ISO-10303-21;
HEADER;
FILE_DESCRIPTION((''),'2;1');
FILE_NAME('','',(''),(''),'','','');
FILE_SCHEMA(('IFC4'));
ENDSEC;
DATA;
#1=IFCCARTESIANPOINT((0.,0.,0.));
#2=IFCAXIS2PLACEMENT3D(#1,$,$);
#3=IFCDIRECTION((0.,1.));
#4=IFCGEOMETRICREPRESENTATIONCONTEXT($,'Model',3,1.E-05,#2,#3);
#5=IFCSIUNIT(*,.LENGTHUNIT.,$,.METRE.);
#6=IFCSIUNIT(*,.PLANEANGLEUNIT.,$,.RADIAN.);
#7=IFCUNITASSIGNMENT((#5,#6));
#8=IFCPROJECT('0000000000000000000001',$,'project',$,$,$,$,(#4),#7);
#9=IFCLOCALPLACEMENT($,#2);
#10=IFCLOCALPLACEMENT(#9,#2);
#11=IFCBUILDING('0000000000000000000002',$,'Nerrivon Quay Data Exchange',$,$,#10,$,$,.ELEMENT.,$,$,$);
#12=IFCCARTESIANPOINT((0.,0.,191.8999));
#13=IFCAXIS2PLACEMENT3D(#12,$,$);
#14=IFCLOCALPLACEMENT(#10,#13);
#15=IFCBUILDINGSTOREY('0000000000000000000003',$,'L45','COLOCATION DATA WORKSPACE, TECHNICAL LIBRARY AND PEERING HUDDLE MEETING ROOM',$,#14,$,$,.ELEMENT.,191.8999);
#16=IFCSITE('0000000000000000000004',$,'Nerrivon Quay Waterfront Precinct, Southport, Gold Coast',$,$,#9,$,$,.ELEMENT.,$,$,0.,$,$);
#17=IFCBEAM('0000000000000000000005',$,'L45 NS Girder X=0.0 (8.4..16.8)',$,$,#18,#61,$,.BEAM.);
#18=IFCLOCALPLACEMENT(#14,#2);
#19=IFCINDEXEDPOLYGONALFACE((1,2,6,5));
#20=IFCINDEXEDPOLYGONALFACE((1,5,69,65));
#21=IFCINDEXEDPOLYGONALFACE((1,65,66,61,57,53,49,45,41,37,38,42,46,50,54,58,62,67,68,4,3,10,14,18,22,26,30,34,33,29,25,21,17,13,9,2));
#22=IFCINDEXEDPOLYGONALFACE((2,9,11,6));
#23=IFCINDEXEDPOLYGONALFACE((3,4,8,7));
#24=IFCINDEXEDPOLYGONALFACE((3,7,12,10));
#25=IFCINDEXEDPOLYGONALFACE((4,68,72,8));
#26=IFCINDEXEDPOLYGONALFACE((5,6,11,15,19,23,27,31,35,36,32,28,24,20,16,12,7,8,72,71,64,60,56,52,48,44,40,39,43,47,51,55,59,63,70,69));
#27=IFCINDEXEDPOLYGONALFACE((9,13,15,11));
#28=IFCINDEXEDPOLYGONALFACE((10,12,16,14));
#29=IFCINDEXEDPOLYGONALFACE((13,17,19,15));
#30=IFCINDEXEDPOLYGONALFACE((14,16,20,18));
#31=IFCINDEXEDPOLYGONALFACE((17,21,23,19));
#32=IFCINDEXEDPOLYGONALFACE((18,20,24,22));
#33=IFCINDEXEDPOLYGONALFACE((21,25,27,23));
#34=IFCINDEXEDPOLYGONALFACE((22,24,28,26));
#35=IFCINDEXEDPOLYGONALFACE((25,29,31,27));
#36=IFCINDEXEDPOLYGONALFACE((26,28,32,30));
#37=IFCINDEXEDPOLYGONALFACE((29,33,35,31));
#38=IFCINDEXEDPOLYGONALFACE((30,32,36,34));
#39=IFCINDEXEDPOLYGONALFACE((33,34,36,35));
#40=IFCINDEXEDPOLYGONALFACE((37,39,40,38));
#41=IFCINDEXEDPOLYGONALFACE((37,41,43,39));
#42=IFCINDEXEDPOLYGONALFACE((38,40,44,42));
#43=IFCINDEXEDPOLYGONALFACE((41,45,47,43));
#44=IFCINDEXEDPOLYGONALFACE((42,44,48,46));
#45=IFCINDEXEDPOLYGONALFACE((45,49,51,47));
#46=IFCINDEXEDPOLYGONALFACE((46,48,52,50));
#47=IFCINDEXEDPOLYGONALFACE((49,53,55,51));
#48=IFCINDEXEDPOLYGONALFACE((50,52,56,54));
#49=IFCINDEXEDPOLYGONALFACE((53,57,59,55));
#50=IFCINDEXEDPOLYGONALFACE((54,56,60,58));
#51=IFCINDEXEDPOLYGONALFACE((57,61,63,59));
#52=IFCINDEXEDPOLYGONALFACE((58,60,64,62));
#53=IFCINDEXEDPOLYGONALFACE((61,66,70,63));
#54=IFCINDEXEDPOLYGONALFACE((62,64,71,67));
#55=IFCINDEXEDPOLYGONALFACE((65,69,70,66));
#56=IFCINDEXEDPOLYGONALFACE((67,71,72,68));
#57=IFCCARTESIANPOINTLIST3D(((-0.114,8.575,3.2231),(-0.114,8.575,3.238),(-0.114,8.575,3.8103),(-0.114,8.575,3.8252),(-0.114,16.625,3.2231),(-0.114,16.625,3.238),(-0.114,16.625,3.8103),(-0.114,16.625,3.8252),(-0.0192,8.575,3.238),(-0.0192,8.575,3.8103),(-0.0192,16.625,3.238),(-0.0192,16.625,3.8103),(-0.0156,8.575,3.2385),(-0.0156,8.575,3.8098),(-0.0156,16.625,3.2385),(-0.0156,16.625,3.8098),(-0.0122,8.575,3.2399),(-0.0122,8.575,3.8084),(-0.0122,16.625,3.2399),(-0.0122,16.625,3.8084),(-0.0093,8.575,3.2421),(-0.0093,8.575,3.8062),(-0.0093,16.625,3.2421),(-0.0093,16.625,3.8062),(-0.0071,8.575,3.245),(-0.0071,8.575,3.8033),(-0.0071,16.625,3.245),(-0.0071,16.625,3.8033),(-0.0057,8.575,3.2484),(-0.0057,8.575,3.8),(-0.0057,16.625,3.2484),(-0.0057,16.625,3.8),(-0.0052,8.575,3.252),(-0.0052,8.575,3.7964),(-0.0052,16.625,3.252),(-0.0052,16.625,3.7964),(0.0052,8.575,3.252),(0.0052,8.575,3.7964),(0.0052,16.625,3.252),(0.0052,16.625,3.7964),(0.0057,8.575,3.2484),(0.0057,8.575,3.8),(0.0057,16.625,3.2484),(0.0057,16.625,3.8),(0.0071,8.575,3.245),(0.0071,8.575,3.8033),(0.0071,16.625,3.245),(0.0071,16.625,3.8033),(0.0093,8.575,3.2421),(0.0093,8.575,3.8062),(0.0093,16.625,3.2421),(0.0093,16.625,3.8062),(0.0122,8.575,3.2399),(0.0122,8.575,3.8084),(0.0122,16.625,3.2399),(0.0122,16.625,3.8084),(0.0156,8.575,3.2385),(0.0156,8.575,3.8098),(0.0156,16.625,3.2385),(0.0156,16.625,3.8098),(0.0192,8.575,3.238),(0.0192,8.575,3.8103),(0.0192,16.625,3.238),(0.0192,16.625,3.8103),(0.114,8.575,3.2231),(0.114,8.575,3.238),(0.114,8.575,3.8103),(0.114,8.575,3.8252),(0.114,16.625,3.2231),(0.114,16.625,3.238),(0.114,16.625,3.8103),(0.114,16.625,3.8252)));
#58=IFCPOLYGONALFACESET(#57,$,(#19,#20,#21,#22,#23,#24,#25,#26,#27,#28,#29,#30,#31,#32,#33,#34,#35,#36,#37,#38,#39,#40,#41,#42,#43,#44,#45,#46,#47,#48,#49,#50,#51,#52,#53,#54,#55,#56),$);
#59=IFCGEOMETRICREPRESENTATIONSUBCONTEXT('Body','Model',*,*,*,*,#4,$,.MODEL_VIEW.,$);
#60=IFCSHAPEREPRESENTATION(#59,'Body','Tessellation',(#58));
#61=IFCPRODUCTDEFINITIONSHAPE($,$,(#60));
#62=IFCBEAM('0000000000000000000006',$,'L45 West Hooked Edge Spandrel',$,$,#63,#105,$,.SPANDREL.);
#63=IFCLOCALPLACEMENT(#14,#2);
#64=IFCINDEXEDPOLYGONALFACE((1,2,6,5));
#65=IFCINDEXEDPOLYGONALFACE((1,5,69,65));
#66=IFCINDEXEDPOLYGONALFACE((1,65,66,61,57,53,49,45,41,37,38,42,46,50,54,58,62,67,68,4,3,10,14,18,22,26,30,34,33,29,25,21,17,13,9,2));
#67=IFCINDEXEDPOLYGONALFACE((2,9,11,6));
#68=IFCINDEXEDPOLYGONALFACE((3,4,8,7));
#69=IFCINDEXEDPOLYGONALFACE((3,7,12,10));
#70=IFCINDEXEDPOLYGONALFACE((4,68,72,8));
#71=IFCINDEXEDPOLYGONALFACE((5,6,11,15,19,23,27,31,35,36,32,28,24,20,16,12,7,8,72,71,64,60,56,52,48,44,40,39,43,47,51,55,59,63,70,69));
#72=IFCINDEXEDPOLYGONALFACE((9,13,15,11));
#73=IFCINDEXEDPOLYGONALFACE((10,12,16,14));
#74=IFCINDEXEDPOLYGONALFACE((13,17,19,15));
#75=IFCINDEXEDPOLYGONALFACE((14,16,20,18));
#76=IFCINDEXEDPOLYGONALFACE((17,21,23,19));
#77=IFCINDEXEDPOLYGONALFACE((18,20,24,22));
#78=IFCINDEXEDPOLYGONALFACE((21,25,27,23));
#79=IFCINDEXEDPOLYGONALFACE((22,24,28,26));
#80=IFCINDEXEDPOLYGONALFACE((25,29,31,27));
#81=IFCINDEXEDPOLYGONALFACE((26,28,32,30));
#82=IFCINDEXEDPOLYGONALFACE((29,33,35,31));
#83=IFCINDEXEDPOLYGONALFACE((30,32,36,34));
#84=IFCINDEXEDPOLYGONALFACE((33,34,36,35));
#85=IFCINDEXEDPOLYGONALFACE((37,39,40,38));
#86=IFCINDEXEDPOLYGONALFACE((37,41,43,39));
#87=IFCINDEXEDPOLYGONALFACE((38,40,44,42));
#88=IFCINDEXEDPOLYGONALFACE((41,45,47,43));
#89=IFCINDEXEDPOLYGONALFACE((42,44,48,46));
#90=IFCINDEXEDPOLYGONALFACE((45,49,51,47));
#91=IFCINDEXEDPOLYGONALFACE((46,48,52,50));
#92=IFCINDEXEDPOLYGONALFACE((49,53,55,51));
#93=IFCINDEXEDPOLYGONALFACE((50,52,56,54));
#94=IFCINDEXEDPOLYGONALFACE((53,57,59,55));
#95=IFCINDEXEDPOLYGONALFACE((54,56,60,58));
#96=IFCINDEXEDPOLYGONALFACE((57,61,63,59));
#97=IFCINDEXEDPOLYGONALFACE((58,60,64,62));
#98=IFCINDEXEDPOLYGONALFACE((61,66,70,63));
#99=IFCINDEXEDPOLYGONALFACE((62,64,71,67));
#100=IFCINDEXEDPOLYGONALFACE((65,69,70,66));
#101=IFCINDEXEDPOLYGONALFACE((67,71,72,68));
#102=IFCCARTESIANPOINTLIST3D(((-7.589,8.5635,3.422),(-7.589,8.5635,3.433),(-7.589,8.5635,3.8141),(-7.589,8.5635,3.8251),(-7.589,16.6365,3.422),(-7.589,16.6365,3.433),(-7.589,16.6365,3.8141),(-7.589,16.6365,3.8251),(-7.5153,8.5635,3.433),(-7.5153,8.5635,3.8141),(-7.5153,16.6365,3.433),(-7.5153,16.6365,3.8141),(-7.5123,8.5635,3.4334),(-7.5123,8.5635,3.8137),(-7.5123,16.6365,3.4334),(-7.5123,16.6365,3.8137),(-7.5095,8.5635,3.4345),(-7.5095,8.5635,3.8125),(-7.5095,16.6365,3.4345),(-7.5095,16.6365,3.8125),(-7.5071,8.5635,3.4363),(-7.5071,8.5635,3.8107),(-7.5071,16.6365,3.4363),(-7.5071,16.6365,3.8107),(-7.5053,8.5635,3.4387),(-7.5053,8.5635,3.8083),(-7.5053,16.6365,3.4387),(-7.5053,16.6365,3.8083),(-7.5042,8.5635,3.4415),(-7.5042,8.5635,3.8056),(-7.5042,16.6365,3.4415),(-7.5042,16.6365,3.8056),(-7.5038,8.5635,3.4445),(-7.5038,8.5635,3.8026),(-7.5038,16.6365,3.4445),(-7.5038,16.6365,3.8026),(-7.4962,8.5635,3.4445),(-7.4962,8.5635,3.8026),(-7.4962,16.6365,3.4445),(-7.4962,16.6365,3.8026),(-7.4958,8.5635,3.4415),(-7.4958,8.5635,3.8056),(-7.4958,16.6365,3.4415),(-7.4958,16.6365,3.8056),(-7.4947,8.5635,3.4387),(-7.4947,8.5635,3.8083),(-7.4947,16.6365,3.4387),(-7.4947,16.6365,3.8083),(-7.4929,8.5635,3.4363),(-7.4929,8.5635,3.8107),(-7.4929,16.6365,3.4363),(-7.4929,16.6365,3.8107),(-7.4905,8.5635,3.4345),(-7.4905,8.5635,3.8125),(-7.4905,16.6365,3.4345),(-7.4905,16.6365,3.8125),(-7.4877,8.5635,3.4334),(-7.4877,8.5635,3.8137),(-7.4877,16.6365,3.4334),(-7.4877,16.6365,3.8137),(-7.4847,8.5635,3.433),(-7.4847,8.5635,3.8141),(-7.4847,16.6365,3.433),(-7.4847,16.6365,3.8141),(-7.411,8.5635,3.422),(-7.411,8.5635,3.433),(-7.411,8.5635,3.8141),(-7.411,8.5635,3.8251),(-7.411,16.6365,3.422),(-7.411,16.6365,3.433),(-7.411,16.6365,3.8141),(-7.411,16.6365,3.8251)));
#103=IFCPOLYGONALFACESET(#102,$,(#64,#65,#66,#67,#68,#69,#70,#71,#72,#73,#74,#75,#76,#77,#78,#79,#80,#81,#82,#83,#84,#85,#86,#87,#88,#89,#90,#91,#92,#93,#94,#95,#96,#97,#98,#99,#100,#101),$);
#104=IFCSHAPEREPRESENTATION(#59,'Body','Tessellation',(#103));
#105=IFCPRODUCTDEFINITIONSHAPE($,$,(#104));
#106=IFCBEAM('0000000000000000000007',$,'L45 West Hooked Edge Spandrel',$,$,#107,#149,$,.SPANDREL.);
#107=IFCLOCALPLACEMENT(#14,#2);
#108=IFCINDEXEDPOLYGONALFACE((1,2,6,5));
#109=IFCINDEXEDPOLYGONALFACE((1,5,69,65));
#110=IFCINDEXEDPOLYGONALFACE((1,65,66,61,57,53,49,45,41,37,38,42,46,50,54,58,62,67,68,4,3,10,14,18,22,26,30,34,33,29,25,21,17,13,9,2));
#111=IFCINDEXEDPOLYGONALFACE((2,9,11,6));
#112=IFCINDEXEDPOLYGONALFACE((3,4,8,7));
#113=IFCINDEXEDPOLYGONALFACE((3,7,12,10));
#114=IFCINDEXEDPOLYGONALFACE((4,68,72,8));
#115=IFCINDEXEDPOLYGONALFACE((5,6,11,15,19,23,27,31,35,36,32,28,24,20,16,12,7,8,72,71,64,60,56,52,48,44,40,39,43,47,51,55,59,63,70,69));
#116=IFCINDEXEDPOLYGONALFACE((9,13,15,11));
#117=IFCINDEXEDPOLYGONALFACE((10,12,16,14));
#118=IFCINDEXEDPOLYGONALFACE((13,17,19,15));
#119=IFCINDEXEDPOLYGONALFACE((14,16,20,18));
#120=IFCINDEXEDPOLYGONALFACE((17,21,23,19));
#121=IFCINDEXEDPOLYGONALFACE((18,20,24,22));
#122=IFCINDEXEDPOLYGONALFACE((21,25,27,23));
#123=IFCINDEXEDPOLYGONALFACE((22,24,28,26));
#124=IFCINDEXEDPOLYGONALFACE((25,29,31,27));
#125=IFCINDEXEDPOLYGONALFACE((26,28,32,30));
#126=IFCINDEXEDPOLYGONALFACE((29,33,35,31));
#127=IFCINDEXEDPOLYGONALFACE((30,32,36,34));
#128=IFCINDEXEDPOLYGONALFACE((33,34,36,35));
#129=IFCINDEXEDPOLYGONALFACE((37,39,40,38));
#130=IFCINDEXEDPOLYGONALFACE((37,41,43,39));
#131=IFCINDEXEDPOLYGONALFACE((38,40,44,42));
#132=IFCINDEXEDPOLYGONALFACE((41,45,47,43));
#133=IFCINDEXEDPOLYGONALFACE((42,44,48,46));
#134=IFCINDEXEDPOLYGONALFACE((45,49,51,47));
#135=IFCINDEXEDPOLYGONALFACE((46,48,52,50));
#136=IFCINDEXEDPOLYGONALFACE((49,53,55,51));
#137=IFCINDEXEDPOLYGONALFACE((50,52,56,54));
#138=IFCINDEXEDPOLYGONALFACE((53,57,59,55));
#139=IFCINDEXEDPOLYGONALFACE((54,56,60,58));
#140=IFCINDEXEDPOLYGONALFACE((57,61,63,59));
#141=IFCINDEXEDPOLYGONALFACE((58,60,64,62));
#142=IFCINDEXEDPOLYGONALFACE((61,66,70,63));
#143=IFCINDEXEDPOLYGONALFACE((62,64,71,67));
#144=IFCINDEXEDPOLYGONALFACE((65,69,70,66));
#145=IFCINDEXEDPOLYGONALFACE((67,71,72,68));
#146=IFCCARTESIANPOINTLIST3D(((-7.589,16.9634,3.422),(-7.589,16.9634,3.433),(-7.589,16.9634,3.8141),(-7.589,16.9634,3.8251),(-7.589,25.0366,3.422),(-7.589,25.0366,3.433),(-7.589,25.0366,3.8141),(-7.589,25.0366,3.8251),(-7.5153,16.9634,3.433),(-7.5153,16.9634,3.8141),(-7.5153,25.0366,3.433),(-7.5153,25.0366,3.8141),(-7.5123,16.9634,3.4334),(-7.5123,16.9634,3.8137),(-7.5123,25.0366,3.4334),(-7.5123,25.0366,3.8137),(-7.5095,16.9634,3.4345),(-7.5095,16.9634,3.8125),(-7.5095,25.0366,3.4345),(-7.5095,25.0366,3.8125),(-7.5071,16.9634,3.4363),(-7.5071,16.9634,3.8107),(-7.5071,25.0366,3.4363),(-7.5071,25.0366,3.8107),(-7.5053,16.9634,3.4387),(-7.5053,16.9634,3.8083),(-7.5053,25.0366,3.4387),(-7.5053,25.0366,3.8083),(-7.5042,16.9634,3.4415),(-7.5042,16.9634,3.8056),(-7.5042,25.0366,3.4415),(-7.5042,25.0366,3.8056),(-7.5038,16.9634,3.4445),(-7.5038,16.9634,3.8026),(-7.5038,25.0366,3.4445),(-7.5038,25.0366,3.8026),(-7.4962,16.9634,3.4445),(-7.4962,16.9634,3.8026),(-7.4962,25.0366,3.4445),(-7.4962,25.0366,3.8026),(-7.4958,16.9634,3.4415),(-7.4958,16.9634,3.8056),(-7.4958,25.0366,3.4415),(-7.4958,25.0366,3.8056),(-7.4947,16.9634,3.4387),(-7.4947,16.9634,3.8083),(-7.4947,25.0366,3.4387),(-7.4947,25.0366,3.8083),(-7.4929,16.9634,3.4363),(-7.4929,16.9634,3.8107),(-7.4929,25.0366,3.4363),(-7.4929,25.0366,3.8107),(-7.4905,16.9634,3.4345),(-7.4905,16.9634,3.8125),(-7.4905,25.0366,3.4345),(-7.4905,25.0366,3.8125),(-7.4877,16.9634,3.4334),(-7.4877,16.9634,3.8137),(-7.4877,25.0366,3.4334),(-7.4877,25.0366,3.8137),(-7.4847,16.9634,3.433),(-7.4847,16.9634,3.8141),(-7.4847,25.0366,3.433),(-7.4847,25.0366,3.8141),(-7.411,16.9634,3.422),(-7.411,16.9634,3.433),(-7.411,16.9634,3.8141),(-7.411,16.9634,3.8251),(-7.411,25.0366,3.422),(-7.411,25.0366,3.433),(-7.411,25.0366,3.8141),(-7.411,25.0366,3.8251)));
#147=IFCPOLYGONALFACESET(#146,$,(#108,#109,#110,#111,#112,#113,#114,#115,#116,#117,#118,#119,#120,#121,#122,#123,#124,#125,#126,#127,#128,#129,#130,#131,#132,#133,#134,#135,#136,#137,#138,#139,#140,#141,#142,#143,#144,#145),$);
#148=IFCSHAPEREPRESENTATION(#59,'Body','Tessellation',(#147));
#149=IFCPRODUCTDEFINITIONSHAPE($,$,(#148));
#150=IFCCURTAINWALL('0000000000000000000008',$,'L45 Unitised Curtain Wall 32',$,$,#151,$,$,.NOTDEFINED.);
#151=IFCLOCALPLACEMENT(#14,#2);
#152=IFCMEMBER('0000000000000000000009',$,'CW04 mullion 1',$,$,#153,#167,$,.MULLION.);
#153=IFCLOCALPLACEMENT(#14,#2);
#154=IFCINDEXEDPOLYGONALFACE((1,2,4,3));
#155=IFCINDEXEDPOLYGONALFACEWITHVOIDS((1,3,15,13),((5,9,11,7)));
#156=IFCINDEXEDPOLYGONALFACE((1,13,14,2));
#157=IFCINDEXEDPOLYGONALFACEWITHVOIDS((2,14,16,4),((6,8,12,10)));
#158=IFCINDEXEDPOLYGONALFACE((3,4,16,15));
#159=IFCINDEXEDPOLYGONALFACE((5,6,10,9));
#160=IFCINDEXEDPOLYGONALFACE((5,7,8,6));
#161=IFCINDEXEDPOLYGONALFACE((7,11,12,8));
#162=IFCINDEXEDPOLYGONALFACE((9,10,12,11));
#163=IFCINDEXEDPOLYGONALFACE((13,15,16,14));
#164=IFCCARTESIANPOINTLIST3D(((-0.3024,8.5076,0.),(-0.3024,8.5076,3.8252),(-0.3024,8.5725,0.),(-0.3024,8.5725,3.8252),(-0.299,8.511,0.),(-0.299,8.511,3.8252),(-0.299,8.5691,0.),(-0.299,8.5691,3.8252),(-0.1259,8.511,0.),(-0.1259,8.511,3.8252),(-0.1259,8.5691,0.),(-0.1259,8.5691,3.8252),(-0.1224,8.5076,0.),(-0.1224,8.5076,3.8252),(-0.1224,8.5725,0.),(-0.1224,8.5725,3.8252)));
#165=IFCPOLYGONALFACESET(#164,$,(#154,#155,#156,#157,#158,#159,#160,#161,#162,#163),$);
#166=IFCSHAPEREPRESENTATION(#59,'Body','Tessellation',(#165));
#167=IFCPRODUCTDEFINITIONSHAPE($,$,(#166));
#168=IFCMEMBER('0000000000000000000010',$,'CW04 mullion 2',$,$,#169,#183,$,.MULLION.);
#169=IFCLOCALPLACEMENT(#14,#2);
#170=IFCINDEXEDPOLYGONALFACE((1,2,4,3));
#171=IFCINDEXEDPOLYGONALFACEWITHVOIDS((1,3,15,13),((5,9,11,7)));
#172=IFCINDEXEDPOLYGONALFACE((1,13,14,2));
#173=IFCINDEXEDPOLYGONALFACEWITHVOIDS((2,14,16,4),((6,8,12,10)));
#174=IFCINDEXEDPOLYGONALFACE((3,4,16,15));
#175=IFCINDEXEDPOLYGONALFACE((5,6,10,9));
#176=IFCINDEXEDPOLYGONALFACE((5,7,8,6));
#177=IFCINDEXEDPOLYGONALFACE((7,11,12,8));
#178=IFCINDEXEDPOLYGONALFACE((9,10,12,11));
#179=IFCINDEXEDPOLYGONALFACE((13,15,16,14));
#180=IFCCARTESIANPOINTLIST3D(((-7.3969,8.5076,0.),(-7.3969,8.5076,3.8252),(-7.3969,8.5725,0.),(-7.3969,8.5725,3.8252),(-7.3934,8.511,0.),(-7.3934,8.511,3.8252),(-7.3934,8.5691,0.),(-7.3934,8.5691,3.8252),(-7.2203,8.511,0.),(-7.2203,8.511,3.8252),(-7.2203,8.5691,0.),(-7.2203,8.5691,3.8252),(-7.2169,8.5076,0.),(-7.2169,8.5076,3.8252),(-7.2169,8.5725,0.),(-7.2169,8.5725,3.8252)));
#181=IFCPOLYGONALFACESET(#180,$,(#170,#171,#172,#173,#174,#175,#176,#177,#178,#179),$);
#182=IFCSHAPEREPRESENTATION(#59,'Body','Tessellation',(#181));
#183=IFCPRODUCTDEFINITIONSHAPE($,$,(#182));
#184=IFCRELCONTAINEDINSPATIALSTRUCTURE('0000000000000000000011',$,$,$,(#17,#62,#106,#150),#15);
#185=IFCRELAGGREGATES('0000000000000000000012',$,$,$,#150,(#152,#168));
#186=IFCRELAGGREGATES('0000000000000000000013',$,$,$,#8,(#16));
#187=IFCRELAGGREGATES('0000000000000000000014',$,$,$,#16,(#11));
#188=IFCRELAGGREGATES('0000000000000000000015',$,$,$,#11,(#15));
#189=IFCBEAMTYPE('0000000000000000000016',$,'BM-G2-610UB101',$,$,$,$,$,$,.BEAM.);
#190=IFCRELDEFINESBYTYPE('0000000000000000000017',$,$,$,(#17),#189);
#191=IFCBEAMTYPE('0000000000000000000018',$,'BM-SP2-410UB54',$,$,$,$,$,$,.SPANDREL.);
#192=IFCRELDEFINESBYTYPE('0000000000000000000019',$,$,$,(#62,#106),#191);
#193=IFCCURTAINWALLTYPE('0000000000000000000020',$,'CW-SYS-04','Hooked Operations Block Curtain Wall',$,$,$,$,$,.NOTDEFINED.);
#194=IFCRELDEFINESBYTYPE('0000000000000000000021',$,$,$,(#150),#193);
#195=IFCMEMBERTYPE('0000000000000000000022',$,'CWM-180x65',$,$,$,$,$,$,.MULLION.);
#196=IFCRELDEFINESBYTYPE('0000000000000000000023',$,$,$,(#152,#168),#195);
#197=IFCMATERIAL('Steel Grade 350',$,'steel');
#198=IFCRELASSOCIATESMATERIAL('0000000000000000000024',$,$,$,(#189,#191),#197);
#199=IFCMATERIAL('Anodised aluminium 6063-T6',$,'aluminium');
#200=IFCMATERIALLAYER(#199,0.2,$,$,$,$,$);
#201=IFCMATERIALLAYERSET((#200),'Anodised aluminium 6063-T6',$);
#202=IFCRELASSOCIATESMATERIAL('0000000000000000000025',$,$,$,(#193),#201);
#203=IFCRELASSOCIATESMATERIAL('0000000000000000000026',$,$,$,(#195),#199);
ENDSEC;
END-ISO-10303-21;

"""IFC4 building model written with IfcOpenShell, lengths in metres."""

from ifc_helpers import new_model, si_unit, direction, frame, origin, origin_2d, place, context, subcontext, project, spatial, hollow_rectangle, i_section, extrude, material, layer, layer_set, material_profile, profile_set, type_object, element, aggregate, save


model = new_model("IFC4")

# Units and contexts
model_context = context("Model", 3, precision=1e-05, world=origin(), true_north=direction((0.0, 1.0)))
body_context = subcontext(model_context, "Body", "Model", "MODEL_VIEW")
ifc_project = project(units=[si_unit("LENGTHUNIT", "METRE"), si_unit("PLANEANGLEUNIT", "RADIAN")], contexts=[model_context])

# Site, building, storey
site_placement = place(None, origin())
site = spatial("IfcSite", under=ifc_project, at=site_placement, Name="Nerrivon Quay Waterfront Precinct, Southport, Gold Coast", CompositionType="ELEMENT", RefElevation=0.0)
building_placement = place(site_placement, origin())
building = spatial("IfcBuilding", under=site, at=building_placement, Name="Nerrivon Quay Data Exchange", CompositionType="ELEMENT")
storey_placement = place(building_placement, frame((0.0, 0.0, 191.8999)))
storey = spatial("IfcBuildingStorey", under=building, at=storey_placement, Name="L45", Description="COLOCATION DATA WORKSPACE, TECHNICAL LIBRARY AND PEERING HUDDLE MEETING ROOM", CompositionType="ELEMENT", Elevation=191.8999)

# Shared definitions
ifc_material_1 = material(Name="Steel Grade 350", Category="steel")

# Beams
ifc_material_profile_1 = material_profile(ifc_material_1, i_section(OverallWidth=0.228, OverallDepth=0.6021, WebThickness=0.0105, FlangeThickness=0.0149, FilletRadius=0.0139, at=origin_2d()), Name="610UB101")
ifc_profile_set_1 = profile_set([ifc_material_profile_1], Name="Steel Grade 350")
beam_type_1 = type_object("IfcBeamType", Name="BM-G2-610UB101", PredefinedType="BEAM", material=ifc_profile_set_1)
beam_1_placement = place(storey_placement, frame((0.0, 8.575, 3.5242), z_axis=(0.0, 1.0, 0.0), x_axis=(-1.0, 0.0, 0.0)))
element("IfcBeam", 1, at=beam_1_placement, inside=storey, type_object=beam_type_1, Name="L45 NS Girder X=0.0 (8.4..16.8)", PredefinedType="BEAM", context=body_context, shape_type="SweptSolid", body=[
    extrude(i_section(OverallWidth=0.228, OverallDepth=0.6021, WebThickness=0.0105, FlangeThickness=0.0149, FilletRadius=0.0139, at=origin_2d()), origin(), (0.0, 0.0, 1.0), 8.05),
])
ifc_material_profile_2 = material_profile(ifc_material_1, i_section(OverallWidth=0.178, OverallDepth=0.4031, WebThickness=0.0076, FlangeThickness=0.011, FilletRadius=0.0115, at=origin_2d()), Name="410UB53.7")
ifc_profile_set_2 = profile_set([ifc_material_profile_2], Name="Steel Grade 350")
beam_type_2 = type_object("IfcBeamType", Name="BM-SP2-410UB54", PredefinedType="SPANDREL", material=ifc_profile_set_2)
beam_2_placement = place(storey_placement, frame((-7.5, 8.5635, 3.6235), z_axis=(0.0, 1.0, 0.0), x_axis=(-1.0, 0.0, 0.0)))
element("IfcBeam", 2, at=beam_2_placement, inside=storey, type_object=beam_type_2, Name="L45 West Hooked Edge Spandrel", PredefinedType="SPANDREL", context=body_context, shape_type="SweptSolid", body=[
    extrude(i_section(OverallWidth=0.178, OverallDepth=0.4031, WebThickness=0.0076, FlangeThickness=0.011, FilletRadius=0.0115, at=origin_2d()), origin(), (0.0, 0.0, 1.0), 8.073),
])
beam_3_placement = place(storey_placement, frame((-7.5, 16.9634, 3.6235), z_axis=(0.0, 1.0, 0.0), x_axis=(-1.0, 0.0, 0.0)))
element("IfcBeam", 3, at=beam_3_placement, inside=storey, type_object=beam_type_2, Name="L45 West Hooked Edge Spandrel", PredefinedType="SPANDREL", context=body_context, shape_type="SweptSolid", body=[
    extrude(i_section(OverallWidth=0.178, OverallDepth=0.4031, WebThickness=0.0076, FlangeThickness=0.011, FilletRadius=0.0115, at=origin_2d()), origin(), (0.0, 0.0, 1.0), 8.0732),
])

# Curtain wall, members
ifc_material_2 = material(Name="Anodised aluminium 6063-T6", Category="aluminium")
ifc_layer_1 = layer(ifc_material_2, 0.2)
ifc_layer_set_1 = layer_set([ifc_layer_1], Name="Anodised aluminium 6063-T6")
curtain_wall_type = type_object("IfcCurtainWallType", Name="CW-SYS-04", Description="Hooked Operations Block Curtain Wall", PredefinedType="NOTDEFINED", material=ifc_layer_set_1)
curtain_wall_placement = place(storey_placement, origin())
curtain_wall = element("IfcCurtainWall", 4, at=curtain_wall_placement, inside=storey, type_object=curtain_wall_type, Name="L45 Unitised Curtain Wall 32", PredefinedType="NOTDEFINED")
ifc_material_profile_3 = material_profile(ifc_material_2, hollow_rectangle(XDim=0.0649, YDim=0.1799, WallThickness=0.0034, at=origin_2d()), Name="ALU-MULL-180x65")
ifc_profile_set_3 = profile_set([ifc_material_profile_3], Name="Anodised aluminium 6063-T6")
member_type_1 = type_object("IfcMemberType", Name="CWM-180x65", PredefinedType="MULLION", material=ifc_profile_set_3)
member_1_placement = place(storey_placement, frame((-0.2124, 8.54, 0.0), z_axis=(0.0, 0.0, 1.0), x_axis=(0.0, -1.0, 0.0)))
member_1 = element("IfcMember", 5, at=member_1_placement, type_object=member_type_1, Name="CW04 mullion 1", PredefinedType="MULLION", context=body_context, shape_type="SweptSolid", body=[
    extrude(hollow_rectangle(XDim=0.0649, YDim=0.1799, WallThickness=0.0034, at=origin_2d()), origin(), (0.0, 0.0, 1.0), 3.8252),
])
member_2_placement = place(storey_placement, frame((-7.3069, 8.54, 0.0), z_axis=(0.0, 0.0, 1.0), x_axis=(0.0, -1.0, 0.0)))
member_2 = element("IfcMember", 6, at=member_2_placement, type_object=member_type_1, Name="CW04 mullion 2", PredefinedType="MULLION", context=body_context, shape_type="SweptSolid", body=[
    extrude(hollow_rectangle(XDim=0.0649, YDim=0.1799, WallThickness=0.0034, at=origin_2d()), origin(), (0.0, 0.0, 1.0), 3.8252),
])
aggregate(curtain_wall, [member_1, member_2])

save(model, "model.ifc")
